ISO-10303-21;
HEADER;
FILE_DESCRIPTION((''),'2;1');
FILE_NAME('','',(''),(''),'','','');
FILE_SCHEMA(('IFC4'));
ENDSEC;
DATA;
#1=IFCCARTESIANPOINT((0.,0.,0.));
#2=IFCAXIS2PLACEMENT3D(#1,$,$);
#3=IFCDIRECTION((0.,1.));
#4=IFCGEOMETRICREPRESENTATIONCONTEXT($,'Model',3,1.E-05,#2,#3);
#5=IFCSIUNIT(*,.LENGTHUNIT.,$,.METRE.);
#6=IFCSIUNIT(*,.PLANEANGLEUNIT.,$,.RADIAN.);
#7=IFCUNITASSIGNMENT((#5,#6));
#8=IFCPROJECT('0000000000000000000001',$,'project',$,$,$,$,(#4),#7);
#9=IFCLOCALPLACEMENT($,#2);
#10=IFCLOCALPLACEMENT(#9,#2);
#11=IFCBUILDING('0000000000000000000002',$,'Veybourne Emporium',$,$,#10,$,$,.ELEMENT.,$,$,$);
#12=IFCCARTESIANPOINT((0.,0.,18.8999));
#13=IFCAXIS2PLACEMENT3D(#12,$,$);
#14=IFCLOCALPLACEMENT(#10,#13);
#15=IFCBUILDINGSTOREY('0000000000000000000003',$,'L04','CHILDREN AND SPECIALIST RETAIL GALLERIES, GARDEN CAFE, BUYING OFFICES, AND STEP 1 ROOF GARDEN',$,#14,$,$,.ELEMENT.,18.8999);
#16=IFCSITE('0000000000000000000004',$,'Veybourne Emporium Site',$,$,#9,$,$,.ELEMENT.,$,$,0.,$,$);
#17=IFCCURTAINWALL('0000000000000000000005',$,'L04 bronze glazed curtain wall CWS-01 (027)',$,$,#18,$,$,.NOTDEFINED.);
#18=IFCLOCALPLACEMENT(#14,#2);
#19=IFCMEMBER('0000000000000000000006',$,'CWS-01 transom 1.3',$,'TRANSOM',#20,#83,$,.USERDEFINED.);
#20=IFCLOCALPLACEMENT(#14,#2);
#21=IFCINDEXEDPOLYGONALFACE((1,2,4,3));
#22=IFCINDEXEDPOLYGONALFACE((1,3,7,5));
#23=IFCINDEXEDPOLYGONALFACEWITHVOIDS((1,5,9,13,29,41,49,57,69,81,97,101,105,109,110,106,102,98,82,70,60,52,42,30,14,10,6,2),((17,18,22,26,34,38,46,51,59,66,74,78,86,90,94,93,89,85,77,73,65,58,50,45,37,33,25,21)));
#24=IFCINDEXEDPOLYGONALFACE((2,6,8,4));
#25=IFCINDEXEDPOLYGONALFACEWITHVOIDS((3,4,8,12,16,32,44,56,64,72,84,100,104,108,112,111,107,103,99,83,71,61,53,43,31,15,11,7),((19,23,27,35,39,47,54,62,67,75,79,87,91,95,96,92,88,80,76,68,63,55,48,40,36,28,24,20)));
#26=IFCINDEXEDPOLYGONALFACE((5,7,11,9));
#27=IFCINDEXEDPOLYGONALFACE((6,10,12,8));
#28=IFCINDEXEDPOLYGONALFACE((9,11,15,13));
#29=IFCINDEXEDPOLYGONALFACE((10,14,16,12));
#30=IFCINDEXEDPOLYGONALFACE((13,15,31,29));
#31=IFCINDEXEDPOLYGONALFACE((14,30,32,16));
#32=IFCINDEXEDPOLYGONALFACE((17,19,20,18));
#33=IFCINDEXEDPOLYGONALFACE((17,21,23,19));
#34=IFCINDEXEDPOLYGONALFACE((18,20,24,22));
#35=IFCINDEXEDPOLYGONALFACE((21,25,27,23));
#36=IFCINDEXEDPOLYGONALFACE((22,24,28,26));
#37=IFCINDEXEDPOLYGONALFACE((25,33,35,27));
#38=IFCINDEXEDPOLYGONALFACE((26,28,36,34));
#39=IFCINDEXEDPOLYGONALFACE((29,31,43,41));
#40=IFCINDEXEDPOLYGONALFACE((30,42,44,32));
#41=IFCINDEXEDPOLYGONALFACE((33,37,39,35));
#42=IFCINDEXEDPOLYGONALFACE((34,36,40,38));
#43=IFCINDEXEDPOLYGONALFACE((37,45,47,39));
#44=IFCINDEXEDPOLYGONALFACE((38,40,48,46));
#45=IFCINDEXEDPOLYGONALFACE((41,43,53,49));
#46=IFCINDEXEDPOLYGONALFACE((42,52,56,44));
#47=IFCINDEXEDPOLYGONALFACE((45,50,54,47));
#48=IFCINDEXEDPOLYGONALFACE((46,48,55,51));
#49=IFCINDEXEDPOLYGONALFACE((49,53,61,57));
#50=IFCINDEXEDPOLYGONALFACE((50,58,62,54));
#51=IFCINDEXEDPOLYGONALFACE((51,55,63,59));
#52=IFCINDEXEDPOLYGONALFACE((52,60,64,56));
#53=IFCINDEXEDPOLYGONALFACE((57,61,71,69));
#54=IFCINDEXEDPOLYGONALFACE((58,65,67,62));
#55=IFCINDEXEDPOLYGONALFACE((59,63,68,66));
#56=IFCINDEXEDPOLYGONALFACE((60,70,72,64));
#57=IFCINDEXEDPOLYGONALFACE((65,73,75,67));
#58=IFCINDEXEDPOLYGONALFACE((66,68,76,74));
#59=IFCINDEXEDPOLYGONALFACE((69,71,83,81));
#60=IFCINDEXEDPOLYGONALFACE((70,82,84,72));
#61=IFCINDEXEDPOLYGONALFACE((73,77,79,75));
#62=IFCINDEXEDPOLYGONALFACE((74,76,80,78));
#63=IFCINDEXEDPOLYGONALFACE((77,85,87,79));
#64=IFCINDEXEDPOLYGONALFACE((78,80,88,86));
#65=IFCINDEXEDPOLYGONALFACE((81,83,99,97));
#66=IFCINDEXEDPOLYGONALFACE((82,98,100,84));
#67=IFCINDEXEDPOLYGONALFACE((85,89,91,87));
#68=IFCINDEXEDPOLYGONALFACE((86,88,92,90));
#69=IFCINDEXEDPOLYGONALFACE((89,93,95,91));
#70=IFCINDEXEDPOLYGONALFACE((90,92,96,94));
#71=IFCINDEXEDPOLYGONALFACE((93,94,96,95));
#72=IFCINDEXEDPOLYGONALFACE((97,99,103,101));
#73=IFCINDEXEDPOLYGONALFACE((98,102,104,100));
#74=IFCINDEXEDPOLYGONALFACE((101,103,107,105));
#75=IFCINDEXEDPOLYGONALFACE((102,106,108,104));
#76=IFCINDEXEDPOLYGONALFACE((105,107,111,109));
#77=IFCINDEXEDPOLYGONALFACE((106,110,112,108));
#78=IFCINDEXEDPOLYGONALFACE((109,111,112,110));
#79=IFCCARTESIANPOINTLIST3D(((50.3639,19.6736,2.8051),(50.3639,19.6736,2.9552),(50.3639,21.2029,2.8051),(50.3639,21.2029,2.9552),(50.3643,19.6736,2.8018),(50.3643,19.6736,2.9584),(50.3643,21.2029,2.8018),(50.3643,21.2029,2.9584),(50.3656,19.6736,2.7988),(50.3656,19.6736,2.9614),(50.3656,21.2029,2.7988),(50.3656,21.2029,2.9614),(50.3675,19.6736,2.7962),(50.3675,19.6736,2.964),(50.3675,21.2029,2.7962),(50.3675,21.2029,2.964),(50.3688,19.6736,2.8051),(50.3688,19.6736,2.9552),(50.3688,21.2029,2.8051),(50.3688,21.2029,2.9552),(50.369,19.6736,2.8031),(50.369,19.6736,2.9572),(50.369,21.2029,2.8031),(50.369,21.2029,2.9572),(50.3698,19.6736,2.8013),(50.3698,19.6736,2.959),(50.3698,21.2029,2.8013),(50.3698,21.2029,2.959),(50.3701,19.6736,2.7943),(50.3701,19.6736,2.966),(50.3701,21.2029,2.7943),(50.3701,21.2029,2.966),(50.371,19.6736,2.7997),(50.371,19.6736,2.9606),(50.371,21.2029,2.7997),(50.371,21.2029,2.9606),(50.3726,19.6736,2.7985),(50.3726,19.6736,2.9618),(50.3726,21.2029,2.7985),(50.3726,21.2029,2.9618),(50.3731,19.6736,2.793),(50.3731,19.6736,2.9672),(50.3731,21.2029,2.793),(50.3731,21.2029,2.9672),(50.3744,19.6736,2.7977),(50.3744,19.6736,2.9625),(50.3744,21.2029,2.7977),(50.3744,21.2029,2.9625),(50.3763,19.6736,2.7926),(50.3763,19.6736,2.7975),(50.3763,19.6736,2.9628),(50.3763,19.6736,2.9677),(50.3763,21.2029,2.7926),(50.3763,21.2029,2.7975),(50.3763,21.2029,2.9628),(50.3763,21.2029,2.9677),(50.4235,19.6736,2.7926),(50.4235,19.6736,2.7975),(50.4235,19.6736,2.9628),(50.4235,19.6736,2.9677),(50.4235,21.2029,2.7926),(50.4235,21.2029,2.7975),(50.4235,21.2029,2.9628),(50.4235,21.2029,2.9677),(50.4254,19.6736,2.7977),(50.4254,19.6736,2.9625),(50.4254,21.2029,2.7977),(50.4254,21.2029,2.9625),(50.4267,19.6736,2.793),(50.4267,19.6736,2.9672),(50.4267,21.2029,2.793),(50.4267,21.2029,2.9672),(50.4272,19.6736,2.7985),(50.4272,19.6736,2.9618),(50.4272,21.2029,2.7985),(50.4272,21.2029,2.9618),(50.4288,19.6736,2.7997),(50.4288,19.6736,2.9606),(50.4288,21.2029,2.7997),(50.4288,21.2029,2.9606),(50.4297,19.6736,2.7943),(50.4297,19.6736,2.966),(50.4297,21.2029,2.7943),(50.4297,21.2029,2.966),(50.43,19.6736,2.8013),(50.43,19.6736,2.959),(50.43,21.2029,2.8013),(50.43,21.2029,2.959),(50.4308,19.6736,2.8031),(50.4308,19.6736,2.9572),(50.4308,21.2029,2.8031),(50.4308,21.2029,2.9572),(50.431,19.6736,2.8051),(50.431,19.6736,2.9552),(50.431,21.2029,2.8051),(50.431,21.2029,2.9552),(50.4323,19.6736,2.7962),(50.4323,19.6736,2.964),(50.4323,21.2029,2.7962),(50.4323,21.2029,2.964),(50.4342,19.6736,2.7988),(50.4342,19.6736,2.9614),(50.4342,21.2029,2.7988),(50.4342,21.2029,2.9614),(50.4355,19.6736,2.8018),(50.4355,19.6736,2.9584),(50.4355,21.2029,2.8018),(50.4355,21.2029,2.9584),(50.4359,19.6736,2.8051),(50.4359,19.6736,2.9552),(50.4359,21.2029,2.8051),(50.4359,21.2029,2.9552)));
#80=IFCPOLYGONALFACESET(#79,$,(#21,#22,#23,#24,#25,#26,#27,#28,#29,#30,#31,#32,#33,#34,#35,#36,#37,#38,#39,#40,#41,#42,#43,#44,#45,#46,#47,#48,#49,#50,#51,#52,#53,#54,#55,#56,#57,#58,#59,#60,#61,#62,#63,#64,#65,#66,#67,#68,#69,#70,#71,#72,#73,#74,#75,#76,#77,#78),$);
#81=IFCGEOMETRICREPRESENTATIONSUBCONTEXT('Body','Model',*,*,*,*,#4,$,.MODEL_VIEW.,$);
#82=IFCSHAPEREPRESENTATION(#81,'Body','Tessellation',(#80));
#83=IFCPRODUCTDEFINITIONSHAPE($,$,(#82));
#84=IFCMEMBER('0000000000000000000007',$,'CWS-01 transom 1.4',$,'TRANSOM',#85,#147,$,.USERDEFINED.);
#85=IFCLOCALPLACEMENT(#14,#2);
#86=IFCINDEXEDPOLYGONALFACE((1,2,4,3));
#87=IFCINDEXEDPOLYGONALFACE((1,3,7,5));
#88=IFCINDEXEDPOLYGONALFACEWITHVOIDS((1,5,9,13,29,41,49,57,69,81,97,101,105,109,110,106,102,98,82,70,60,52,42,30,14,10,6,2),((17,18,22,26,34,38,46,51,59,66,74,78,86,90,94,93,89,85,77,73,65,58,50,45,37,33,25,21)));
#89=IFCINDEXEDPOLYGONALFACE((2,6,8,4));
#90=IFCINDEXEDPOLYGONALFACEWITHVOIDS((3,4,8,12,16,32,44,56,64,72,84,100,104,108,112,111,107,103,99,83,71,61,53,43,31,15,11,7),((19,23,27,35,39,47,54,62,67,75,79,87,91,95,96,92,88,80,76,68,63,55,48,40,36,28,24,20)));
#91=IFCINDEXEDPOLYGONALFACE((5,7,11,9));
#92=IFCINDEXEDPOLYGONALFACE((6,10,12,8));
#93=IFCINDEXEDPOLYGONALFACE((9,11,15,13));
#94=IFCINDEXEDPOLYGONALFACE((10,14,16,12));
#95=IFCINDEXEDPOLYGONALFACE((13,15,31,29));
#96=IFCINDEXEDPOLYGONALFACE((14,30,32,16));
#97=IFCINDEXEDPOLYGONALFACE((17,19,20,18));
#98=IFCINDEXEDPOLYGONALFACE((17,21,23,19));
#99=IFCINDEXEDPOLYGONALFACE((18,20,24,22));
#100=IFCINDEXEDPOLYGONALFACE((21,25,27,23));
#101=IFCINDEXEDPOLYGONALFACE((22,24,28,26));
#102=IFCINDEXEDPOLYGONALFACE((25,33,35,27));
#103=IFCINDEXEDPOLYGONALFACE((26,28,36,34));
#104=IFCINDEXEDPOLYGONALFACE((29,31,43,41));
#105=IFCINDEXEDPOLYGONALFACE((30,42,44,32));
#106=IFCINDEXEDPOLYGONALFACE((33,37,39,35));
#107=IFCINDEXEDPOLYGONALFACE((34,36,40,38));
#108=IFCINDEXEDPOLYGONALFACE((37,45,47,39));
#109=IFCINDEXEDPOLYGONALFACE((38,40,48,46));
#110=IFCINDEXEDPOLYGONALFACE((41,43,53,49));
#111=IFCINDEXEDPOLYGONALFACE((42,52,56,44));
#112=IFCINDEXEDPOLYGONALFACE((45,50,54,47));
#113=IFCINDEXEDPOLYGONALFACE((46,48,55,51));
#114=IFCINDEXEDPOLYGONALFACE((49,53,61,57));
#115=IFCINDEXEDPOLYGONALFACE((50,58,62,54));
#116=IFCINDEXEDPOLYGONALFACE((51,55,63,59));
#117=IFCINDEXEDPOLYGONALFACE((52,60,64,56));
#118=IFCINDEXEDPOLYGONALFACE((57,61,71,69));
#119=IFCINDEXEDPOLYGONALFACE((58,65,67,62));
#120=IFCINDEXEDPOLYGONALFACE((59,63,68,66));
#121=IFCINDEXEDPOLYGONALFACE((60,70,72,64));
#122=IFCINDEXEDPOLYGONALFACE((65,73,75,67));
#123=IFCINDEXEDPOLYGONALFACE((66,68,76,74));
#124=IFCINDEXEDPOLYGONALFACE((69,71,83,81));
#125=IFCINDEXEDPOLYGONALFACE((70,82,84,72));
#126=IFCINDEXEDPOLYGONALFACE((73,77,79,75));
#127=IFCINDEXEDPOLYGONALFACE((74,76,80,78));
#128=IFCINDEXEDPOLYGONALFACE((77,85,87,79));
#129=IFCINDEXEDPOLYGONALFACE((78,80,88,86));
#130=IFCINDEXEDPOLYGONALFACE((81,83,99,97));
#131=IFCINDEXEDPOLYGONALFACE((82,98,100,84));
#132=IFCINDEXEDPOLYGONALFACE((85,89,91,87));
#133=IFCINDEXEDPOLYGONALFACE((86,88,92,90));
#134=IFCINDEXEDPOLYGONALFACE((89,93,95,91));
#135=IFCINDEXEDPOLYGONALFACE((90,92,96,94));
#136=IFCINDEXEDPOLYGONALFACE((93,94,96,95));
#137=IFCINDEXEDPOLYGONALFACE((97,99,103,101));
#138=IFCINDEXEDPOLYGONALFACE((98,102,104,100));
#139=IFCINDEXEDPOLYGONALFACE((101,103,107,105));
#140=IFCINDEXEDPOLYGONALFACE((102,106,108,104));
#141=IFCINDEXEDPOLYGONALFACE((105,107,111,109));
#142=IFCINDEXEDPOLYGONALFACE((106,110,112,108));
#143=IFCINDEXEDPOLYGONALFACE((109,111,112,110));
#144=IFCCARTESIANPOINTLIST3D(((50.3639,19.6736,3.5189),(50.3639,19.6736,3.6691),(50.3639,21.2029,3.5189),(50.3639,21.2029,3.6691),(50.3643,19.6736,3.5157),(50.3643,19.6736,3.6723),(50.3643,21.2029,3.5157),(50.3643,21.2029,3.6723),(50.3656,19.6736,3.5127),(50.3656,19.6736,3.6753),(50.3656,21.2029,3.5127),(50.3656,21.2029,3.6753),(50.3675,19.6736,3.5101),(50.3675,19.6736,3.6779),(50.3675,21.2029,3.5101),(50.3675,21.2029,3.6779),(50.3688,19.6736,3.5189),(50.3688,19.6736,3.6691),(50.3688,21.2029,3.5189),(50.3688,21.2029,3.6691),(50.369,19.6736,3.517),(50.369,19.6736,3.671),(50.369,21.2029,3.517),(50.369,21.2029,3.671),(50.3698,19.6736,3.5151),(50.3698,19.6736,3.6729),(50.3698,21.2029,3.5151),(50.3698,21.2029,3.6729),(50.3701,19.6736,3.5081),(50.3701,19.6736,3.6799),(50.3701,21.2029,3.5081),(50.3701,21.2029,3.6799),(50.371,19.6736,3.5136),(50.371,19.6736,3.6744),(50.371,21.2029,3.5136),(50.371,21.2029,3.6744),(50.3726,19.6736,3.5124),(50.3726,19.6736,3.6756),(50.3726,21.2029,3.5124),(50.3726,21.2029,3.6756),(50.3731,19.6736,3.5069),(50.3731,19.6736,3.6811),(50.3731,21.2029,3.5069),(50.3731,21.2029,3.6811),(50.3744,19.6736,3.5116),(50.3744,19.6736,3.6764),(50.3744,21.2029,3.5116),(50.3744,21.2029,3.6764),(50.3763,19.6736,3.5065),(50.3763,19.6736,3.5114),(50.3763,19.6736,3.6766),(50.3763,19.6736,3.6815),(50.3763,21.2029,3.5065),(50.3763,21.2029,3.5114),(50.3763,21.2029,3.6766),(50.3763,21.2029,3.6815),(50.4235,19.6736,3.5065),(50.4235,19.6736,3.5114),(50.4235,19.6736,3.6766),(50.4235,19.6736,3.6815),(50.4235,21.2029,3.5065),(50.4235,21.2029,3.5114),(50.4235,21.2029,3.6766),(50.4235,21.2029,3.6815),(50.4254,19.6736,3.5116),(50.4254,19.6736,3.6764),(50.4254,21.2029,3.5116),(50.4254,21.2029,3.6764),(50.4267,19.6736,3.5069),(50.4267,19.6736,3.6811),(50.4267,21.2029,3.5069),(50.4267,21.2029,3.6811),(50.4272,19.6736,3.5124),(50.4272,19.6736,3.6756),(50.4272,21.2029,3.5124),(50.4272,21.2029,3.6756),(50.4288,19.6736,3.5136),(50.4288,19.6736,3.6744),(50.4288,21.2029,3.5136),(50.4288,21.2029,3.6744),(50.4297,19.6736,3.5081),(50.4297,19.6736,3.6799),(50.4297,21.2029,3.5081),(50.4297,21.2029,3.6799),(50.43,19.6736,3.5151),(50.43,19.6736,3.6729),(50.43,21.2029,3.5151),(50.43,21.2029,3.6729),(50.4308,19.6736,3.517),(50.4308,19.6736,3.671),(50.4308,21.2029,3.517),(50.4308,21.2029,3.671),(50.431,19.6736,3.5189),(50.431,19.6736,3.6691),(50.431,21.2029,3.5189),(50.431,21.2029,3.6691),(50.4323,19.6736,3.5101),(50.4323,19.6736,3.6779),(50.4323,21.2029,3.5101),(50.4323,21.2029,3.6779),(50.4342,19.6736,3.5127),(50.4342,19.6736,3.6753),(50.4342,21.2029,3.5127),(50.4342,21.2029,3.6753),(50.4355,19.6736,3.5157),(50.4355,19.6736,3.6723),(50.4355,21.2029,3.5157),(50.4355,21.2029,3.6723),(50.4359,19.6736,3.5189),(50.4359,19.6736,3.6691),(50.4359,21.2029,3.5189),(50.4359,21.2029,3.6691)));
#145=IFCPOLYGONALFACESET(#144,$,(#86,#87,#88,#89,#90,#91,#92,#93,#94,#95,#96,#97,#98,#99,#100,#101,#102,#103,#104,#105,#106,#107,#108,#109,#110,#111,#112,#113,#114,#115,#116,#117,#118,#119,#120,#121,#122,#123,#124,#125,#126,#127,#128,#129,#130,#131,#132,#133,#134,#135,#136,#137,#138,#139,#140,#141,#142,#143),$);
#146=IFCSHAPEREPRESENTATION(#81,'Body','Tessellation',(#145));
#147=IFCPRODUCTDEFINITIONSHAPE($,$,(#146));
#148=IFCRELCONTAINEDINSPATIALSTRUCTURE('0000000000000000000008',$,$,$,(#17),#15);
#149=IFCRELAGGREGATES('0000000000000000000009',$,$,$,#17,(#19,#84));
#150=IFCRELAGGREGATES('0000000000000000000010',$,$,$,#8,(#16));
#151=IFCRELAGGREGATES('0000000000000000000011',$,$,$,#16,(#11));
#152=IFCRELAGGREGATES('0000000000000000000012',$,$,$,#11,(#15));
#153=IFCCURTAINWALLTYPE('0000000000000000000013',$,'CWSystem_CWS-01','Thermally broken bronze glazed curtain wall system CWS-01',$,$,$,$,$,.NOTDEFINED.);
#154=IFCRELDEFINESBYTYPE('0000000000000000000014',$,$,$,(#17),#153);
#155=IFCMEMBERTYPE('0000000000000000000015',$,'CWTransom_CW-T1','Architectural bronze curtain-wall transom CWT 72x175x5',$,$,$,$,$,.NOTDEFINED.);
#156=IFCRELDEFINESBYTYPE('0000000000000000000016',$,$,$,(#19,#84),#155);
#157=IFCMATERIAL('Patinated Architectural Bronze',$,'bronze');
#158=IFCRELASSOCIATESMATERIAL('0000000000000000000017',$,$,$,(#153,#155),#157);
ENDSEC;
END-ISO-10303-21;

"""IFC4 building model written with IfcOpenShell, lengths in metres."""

from ifc_helpers import new_model, si_unit, direction, frame, origin, origin_2d, place, context, subcontext, project, spatial, hollow_rectangle, extrude, material, material_profile, profile_set, type_object, element, aggregate, save


model = new_model("IFC4")

# Units and contexts
model_context = context("Model", 3, precision=1e-05, world=origin(), true_north=direction((0.0, 1.0)))
body_context = subcontext(model_context, "Body", "Model", "MODEL_VIEW")
ifc_project = project(units=[si_unit("LENGTHUNIT", "METRE"), si_unit("PLANEANGLEUNIT", "RADIAN")], contexts=[model_context])

# Site, building, storey
site_placement = place(None, origin())
site = spatial("IfcSite", under=ifc_project, at=site_placement, Name="Veybourne Emporium Site", CompositionType="ELEMENT", RefElevation=0.0)
building_placement = place(site_placement, origin())
building = spatial("IfcBuilding", under=site, at=building_placement, Name="Veybourne Emporium", CompositionType="ELEMENT")
storey_placement = place(building_placement, frame((0.0, 0.0, 18.8999)))
storey = spatial("IfcBuildingStorey", under=building, at=storey_placement, Name="L04", Description="CHILDREN AND SPECIALIST RETAIL GALLERIES, GARDEN CAFE, BUYING OFFICES, AND STEP 1 ROOF GARDEN", CompositionType="ELEMENT", Elevation=18.8999)

# Curtain wall, members
ifc_material_1 = material(Name="Patinated Architectural Bronze", Category="bronze")
curtain_wall_type = type_object("IfcCurtainWallType", Name="CWSystem_CWS-01", Description="Thermally broken bronze glazed curtain wall system CWS-01", PredefinedType="NOTDEFINED", material=ifc_material_1)
curtain_wall_placement = place(storey_placement, origin())
curtain_wall = element("IfcCurtainWall", 1, at=curtain_wall_placement, inside=storey, type_object=curtain_wall_type, Name="L04 bronze glazed curtain wall CWS-01 (027)", PredefinedType="NOTDEFINED")
ifc_material_profile = material_profile(ifc_material_1, hollow_rectangle(XDim=0.072, YDim=0.175, WallThickness=0.0049, InnerFilletRadius=0.0076, OuterFilletRadius=0.0125, at=origin_2d()), Name="CWT 72x175x5")
ifc_profile_set = profile_set([ifc_material_profile], Name="Patinated Architectural Bronze")
member_type = type_object("IfcMemberType", Name="CWTransom_CW-T1", Description="Architectural bronze curtain-wall transom CWT 72x175x5", PredefinedType="NOTDEFINED", material=ifc_profile_set)
member_1_placement = place(storey_placement, frame((50.3999, 21.2029, 2.8801), z_axis=(0.0, -1.0, 0.0), x_axis=(1.0, 0.0, 0.0)))
member_1 = element("IfcMember", 2, at=member_1_placement, type_object=member_type, Name="CWS-01 transom 1.3", ObjectType="TRANSOM", PredefinedType="USERDEFINED", context=body_context, shape_type="SweptSolid", body=[
    extrude(hollow_rectangle(XDim=0.072, YDim=0.175, WallThickness=0.0049, InnerFilletRadius=0.0076, OuterFilletRadius=0.0125, at=origin_2d()), origin(), (0.0, 0.0, 1.0), 1.5293),
])
member_2_placement = place(storey_placement, frame((50.3999, 21.2029, 3.594), z_axis=(0.0, -1.0, 0.0), x_axis=(1.0, 0.0, 0.0)))
member_2 = element("IfcMember", 3, at=member_2_placement, type_object=member_type, Name="CWS-01 transom 1.4", ObjectType="TRANSOM", PredefinedType="USERDEFINED", context=body_context, shape_type="SweptSolid", body=[
    extrude(hollow_rectangle(XDim=0.072, YDim=0.175, WallThickness=0.0049, InnerFilletRadius=0.0076, OuterFilletRadius=0.0125, at=origin_2d()), origin(), (0.0, 0.0, 1.0), 1.5293),
])
aggregate(curtain_wall, [member_1, member_2])

save(model, "model.ifc")
